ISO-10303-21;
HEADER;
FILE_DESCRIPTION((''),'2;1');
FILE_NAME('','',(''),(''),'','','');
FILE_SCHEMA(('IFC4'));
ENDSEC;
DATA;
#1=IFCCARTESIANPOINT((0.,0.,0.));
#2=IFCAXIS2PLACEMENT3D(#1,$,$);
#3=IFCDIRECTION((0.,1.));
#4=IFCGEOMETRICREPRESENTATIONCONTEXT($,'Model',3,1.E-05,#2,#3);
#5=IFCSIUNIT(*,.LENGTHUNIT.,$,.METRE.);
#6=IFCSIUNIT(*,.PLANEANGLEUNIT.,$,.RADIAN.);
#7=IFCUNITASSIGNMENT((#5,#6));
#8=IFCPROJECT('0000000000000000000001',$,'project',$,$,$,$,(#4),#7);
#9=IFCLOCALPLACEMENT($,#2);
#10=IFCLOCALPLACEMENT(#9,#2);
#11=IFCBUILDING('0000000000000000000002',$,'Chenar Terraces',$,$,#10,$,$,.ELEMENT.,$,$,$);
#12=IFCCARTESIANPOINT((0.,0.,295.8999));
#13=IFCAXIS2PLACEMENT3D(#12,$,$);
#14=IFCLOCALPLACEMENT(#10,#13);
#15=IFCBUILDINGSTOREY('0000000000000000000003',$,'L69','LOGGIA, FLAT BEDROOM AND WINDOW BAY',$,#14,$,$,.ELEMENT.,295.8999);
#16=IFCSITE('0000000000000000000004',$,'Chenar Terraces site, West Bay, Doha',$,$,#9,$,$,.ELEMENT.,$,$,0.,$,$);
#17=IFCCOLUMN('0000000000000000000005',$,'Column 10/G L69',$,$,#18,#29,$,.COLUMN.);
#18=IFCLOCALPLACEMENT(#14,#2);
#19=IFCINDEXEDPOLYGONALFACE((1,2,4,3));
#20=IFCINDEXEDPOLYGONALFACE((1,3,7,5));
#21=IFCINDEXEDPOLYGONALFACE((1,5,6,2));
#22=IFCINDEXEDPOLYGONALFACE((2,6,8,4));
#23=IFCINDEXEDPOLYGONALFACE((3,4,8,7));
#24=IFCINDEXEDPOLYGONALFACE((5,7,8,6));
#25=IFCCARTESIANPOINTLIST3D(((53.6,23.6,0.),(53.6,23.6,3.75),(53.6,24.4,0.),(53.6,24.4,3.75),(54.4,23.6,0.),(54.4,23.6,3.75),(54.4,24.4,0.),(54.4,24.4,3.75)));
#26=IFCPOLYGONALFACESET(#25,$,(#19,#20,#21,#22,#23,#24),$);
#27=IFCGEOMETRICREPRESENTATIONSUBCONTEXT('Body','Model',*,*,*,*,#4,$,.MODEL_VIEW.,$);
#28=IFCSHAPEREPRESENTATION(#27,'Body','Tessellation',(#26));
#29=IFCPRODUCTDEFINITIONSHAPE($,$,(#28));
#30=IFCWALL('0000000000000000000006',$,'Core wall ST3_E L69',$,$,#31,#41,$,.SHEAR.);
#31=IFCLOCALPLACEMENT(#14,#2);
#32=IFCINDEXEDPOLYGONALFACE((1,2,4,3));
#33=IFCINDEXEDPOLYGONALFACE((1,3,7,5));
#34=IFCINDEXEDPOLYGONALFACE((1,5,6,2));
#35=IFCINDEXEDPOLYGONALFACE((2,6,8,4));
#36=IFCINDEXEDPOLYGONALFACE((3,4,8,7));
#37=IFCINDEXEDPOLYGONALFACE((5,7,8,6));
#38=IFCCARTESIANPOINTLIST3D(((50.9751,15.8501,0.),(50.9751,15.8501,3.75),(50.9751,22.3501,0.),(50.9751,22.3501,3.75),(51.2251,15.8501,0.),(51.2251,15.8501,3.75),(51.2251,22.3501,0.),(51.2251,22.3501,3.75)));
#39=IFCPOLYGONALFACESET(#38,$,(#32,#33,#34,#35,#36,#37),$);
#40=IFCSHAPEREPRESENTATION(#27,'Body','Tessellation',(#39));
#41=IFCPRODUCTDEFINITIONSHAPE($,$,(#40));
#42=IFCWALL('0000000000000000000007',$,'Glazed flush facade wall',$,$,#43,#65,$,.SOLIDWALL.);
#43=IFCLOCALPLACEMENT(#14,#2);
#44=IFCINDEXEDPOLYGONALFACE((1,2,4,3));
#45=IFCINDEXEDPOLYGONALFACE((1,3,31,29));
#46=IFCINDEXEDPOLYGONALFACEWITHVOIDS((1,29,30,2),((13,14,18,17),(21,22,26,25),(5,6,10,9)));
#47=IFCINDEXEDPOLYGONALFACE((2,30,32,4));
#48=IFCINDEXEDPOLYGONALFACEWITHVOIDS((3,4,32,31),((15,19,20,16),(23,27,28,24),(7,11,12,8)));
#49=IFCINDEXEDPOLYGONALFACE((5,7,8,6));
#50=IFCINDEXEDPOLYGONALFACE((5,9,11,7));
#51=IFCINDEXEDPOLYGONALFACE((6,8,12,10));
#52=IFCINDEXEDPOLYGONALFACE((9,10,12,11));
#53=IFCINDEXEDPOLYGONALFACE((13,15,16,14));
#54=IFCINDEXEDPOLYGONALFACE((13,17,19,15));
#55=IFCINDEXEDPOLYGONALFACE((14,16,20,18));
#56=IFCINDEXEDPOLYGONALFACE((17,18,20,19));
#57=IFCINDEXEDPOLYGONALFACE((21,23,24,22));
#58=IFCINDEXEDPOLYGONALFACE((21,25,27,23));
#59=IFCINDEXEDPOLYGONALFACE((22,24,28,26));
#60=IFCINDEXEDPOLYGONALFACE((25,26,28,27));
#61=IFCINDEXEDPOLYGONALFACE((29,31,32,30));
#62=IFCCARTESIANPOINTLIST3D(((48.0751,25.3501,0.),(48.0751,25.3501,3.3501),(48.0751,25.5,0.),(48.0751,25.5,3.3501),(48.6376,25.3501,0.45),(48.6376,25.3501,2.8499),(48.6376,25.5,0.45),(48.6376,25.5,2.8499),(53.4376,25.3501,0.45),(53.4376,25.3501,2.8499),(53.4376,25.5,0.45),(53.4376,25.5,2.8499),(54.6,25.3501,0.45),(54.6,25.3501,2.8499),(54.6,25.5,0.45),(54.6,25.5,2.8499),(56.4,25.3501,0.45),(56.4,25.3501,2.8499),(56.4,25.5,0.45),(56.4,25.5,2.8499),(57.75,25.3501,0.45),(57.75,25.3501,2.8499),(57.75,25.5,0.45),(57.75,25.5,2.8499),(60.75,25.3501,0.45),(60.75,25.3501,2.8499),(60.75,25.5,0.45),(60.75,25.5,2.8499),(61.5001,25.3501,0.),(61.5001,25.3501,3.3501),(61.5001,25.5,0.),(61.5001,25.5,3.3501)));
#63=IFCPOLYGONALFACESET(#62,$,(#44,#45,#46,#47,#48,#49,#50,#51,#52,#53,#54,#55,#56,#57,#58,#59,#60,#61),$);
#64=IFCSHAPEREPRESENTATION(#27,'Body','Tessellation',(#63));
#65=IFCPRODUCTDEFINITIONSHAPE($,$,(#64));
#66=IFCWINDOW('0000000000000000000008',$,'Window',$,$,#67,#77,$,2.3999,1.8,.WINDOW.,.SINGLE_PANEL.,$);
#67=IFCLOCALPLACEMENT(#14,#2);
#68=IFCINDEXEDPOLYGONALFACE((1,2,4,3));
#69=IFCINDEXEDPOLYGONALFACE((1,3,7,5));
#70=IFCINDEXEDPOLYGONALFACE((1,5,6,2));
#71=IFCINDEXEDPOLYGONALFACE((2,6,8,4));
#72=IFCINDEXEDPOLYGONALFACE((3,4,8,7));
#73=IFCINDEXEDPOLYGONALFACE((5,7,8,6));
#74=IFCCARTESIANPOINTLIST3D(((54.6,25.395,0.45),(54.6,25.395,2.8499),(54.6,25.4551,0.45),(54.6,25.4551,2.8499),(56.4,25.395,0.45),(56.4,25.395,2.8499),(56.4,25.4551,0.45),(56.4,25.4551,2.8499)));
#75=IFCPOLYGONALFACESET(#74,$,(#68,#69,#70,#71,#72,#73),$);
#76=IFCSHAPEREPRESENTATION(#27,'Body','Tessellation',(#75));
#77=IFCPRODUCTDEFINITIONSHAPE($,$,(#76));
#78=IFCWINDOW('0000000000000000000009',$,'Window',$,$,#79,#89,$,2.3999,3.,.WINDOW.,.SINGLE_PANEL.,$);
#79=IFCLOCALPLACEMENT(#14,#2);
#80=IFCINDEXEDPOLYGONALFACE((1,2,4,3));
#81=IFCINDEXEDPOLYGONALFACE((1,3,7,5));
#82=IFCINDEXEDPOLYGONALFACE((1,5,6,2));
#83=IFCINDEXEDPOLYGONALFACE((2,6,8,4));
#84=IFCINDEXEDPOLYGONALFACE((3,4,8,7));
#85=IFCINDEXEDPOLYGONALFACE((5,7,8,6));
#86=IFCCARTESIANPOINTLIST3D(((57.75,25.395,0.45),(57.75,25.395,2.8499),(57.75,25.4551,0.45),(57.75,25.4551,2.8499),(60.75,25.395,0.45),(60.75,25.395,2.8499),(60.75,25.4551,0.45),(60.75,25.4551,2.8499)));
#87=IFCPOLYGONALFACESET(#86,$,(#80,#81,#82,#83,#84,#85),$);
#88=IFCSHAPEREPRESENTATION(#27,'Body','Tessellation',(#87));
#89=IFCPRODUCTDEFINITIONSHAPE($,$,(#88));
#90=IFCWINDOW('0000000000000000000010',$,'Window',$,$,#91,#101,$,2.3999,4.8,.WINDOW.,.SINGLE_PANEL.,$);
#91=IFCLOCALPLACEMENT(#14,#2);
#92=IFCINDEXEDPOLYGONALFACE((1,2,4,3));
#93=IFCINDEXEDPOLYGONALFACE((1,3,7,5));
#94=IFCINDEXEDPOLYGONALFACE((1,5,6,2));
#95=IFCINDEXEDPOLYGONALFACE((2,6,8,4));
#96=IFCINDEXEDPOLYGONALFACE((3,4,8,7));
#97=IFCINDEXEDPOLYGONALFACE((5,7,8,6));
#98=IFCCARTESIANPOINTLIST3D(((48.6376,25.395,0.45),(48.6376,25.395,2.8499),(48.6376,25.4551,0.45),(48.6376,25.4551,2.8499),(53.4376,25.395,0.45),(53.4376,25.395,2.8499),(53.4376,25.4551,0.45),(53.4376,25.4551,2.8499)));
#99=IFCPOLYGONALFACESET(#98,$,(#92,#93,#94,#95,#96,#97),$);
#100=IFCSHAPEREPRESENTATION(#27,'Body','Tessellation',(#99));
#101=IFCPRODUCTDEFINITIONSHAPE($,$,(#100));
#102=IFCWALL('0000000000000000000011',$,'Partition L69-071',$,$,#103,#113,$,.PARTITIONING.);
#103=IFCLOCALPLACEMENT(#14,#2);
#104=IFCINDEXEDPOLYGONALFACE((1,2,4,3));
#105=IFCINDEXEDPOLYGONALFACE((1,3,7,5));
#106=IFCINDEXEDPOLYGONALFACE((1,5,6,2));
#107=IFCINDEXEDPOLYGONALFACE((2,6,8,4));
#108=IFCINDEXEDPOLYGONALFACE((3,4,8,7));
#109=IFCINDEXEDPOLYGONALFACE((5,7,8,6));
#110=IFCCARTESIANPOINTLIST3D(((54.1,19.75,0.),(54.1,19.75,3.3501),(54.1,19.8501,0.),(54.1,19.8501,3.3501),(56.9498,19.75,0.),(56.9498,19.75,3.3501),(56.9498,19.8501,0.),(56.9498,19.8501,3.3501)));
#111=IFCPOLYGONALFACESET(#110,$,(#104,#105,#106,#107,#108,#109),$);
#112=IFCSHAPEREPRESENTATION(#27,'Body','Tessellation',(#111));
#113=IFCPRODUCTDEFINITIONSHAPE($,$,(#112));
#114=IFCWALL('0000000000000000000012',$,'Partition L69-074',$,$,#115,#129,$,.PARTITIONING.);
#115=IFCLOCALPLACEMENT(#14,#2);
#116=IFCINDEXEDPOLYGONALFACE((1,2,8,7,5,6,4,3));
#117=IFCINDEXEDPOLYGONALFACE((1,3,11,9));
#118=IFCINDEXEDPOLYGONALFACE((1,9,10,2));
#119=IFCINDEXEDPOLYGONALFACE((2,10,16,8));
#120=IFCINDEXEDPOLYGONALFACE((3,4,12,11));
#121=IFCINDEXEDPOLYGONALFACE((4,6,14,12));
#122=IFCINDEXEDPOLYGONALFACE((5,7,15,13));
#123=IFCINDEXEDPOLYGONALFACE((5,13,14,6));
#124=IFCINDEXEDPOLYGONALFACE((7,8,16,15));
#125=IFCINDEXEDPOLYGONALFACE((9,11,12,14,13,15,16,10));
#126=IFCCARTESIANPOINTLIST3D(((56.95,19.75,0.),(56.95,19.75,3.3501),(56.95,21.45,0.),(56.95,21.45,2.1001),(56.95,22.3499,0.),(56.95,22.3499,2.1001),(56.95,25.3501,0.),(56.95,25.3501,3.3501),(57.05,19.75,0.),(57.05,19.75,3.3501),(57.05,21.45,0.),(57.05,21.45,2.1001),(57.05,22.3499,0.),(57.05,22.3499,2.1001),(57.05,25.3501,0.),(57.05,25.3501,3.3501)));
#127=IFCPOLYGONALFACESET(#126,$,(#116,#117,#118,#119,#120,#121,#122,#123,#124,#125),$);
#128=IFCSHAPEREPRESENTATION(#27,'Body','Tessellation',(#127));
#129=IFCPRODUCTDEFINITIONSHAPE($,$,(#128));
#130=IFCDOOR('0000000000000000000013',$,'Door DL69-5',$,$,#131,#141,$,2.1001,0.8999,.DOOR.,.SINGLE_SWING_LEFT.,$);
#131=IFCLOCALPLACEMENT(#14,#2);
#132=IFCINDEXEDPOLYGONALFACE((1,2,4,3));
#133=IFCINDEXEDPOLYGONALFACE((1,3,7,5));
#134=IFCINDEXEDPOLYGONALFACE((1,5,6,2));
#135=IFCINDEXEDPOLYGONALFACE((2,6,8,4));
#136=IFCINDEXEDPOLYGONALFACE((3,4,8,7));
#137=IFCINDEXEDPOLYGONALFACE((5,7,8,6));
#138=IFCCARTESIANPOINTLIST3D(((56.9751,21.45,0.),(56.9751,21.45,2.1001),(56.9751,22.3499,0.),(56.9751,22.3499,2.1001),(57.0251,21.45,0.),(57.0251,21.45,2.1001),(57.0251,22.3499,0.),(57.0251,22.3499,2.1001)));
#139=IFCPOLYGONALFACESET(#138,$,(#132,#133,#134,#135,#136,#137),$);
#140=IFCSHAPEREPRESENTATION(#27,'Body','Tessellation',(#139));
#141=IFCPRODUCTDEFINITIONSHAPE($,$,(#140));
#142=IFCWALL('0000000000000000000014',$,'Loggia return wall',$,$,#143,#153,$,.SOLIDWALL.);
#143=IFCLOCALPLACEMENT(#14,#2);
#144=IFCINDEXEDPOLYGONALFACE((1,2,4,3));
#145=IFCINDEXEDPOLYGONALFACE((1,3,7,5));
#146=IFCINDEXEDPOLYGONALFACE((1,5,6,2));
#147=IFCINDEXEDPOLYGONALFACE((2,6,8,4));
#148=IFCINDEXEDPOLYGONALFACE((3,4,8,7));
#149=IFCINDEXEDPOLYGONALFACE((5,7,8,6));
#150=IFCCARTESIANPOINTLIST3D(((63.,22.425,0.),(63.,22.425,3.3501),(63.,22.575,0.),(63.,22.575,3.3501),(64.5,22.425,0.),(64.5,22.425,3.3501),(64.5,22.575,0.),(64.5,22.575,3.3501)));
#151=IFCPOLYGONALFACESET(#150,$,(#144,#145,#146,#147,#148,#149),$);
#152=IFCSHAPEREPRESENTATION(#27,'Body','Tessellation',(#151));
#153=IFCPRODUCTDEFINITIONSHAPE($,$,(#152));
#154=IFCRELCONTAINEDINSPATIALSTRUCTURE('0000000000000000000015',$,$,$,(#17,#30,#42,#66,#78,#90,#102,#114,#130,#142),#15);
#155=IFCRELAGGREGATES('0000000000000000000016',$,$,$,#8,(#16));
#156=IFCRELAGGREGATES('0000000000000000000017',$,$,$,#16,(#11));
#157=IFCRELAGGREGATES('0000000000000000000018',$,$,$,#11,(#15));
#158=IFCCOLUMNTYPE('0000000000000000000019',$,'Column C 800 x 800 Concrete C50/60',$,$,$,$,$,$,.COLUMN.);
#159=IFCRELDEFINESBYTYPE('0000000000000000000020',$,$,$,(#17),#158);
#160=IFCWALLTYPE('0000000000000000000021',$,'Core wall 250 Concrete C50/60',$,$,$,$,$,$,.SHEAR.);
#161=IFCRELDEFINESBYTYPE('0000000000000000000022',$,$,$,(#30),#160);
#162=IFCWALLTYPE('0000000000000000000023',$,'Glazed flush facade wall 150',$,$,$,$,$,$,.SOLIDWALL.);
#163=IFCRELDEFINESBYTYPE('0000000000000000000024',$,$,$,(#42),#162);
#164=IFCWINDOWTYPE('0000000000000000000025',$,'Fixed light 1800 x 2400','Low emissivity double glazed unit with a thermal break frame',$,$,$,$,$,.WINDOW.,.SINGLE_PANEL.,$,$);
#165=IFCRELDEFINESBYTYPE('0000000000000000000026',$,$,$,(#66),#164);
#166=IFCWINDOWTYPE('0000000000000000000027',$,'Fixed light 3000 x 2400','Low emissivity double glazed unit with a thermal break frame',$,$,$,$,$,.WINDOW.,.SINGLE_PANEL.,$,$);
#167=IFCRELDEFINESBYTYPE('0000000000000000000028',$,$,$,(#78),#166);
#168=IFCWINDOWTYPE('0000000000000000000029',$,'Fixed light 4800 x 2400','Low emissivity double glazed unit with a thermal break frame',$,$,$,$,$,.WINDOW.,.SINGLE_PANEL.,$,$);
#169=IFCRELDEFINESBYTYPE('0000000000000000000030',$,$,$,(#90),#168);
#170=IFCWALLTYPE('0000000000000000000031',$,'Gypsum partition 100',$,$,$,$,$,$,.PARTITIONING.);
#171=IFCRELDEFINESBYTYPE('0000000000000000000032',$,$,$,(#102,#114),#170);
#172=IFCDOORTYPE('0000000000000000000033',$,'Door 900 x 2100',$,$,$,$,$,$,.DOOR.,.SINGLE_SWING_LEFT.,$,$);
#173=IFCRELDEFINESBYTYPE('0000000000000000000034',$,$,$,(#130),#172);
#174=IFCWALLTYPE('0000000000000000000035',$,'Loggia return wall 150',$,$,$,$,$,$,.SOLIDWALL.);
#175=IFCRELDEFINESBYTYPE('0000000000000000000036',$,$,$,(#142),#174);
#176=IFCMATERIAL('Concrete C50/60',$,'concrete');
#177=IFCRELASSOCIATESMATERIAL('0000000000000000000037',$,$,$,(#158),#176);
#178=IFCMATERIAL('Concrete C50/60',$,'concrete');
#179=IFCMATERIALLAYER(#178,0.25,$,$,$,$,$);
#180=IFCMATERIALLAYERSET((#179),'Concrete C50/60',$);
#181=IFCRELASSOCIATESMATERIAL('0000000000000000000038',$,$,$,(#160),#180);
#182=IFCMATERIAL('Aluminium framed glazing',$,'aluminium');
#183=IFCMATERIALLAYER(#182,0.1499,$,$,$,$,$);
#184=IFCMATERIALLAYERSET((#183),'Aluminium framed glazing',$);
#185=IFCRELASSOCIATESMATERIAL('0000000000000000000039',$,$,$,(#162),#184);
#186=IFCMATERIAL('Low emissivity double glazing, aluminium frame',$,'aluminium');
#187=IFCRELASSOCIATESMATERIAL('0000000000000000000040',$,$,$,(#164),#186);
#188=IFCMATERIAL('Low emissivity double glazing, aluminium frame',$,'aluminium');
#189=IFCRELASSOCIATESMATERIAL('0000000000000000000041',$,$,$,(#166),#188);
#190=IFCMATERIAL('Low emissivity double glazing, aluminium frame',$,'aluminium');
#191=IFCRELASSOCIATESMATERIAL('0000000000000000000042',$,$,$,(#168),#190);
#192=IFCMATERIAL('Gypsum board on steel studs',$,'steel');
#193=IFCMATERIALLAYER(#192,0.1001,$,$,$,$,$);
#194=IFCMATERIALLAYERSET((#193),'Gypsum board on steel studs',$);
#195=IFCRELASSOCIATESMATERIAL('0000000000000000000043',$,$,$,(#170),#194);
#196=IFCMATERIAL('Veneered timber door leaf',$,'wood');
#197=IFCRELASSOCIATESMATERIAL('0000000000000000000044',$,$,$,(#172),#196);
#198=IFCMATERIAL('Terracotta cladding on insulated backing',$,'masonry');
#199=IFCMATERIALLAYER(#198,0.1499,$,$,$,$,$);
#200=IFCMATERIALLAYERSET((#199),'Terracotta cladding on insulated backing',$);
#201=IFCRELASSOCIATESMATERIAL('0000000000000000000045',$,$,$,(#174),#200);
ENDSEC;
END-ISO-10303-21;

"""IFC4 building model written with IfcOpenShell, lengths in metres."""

from ifc_helpers import new_model, si_unit, direction, frame, frame_2d, origin, origin_2d, place, context, subcontext, project, spatial, rectangle, extrude, material, layer, layer_set, material_profile, profile_set, type_object, element, fill, save


model = new_model("IFC4")

# Units and contexts
model_context = context("Model", 3, precision=1e-05, world=origin(), true_north=direction((0.0, 1.0)))
body_context = subcontext(model_context, "Body", "Model", "MODEL_VIEW")
ifc_project = project(units=[si_unit("LENGTHUNIT", "METRE"), si_unit("PLANEANGLEUNIT", "RADIAN")], contexts=[model_context])

# Site, building, storey
site_placement = place(None, origin())
site = spatial("IfcSite", under=ifc_project, at=site_placement, Name="Chenar Terraces site, West Bay, Doha", CompositionType="ELEMENT", RefElevation=0.0)
building_placement = place(site_placement, origin())
building = spatial("IfcBuilding", under=site, at=building_placement, Name="Chenar Terraces", CompositionType="ELEMENT")
storey_placement = place(building_placement, frame((0.0, 0.0, 295.8999)))
storey = spatial("IfcBuildingStorey", under=building, at=storey_placement, Name="L69", Description="LOGGIA, FLAT BEDROOM AND WINDOW BAY", CompositionType="ELEMENT", Elevation=295.8999)

# Column
ifc_material_1 = material(Name="Concrete C50/60", Category="concrete")
ifc_material_profile_1 = material_profile(ifc_material_1, rectangle(XDim=0.8, YDim=0.8, at=origin_2d()), Name="C 800 x 800")
ifc_profile_set_1 = profile_set([ifc_material_profile_1], Name="Concrete C50/60")
column_type = type_object("IfcColumnType", Name="Column C 800 x 800 Concrete C50/60", PredefinedType="COLUMN", material=ifc_profile_set_1)
column_placement = place(storey_placement, frame((54.0, 24.0, 0.0), z_axis=(0.0, 0.0, 1.0), x_axis=(1.0, 0.0, 0.0)))
element("IfcColumn", 1, at=column_placement, inside=storey, type_object=column_type, Name="Column 10/G L69", PredefinedType="COLUMN", context=body_context, shape_type="SweptSolid", body=[
    extrude(rectangle(XDim=0.8, YDim=0.8, at=origin_2d()), origin(), (0.0, 0.0, 1.0), 3.75),
])

# Wall
ifc_material_2 = material(Name="Concrete C50/60", Category="concrete")
ifc_layer_1 = layer(ifc_material_2, 0.25)
ifc_layer_set_1 = layer_set([ifc_layer_1], Name="Concrete C50/60")
wall_type_1 = type_object("IfcWallType", Name="Core wall 250 Concrete C50/60", PredefinedType="SHEAR", material=ifc_layer_set_1)
wall_1_placement = place(storey_placement, frame((51.1001, 15.8501, 0.0), z_axis=(0.0, 0.0, 1.0), x_axis=(0.0, 1.0, 0.0)))
element("IfcWall", 2, at=wall_1_placement, inside=storey, type_object=wall_type_1, Name="Core wall ST3_E L69", PredefinedType="SHEAR", context=body_context, shape_type="SweptSolid", body=[
    extrude(rectangle(XDim=6.5, YDim=0.25, at=frame_2d((3.25, 0.0))), origin(), (0.0, 0.0, 1.0), 3.75),
])

# Wall, openings, windows
ifc_material_3 = material(Name="Aluminium framed glazing", Category="aluminium")
ifc_layer_2 = layer(ifc_material_3, 0.1499)
ifc_layer_set_2 = layer_set([ifc_layer_2], Name="Aluminium framed glazing")
wall_type_2 = type_object("IfcWallType", Name="Glazed flush facade wall 150", PredefinedType="SOLIDWALL", material=ifc_layer_set_2)
wall_2_placement = place(storey_placement, frame((61.5, 25.425, 0.0), z_axis=(0.0, 0.0, 1.0), x_axis=(-1.0, 0.0, 0.0)))
wall_2 = element("IfcWall", 3, at=wall_2_placement, inside=storey, type_object=wall_type_2, Name="Glazed flush facade wall", PredefinedType="SOLIDWALL", context=body_context, shape_type="SweptSolid", body=[
    extrude(rectangle(XDim=13.425, YDim=0.1499, at=frame_2d((6.7124, 0.0))), origin(), (0.0, 0.0, 1.0), 3.3501),
])
opening_1_placement = place(wall_2_placement, frame((0.75, 0.0, 0.45)))
opening_1 = element("IfcOpeningElement", 4, at=opening_1_placement, cuts=wall_2, PredefinedType="OPENING", context=body_context, shape_type="SweptSolid", body=[
    extrude(rectangle(XDim=3.0, YDim=2.3999, at=frame_2d((1.5, 1.2))), frame((0.0, 0.085, 0.0), z_axis=(0.0, -1.0, 0.0), x_axis=(1.0, 0.0, 0.0)), (0.0, 0.0, 1.0), 0.1699),
])
opening_2_placement = place(wall_2_placement, frame((5.1001, 0.0, 0.45)))
opening_2 = element("IfcOpeningElement", 5, at=opening_2_placement, cuts=wall_2, PredefinedType="OPENING", context=body_context, shape_type="SweptSolid", body=[
    extrude(rectangle(XDim=1.8, YDim=2.3999, at=frame_2d((0.8999, 1.2))), frame((0.0, 0.085, 0.0), z_axis=(0.0, -1.0, 0.0), x_axis=(1.0, 0.0, 0.0)), (0.0, 0.0, 1.0), 0.1699),
])
opening_3_placement = place(wall_2_placement, frame((8.0625, 0.0, 0.45)))
opening_3 = element("IfcOpeningElement", 6, at=opening_3_placement, cuts=wall_2, PredefinedType="OPENING", context=body_context, shape_type="SweptSolid", body=[
    extrude(rectangle(XDim=4.8, YDim=2.3999, at=frame_2d((2.3999, 1.2))), frame((0.0, 0.085, 0.0), z_axis=(0.0, -1.0, 0.0), x_axis=(1.0, 0.0, 0.0)), (0.0, 0.0, 1.0), 0.1699),
])
ifc_material_4 = material(Name="Low emissivity double glazing, aluminium frame", Category="aluminium")
window_type_1 = type_object("IfcWindowType", Name="Fixed light 1800 x 2400", Description="Low emissivity double glazed unit with a thermal break frame", PartitioningType="SINGLE_PANEL", PredefinedType="WINDOW", material=ifc_material_4)
window_1_placement = place(opening_2_placement, origin())
window_1 = element("IfcWindow", 7, at=window_1_placement, inside=storey, type_object=window_type_1, Name="Window", OverallHeight=2.3999, OverallWidth=1.8, PartitioningType="SINGLE_PANEL", PredefinedType="WINDOW", context=body_context, shape_type="SweptSolid", body=[
    extrude(rectangle(XDim=1.8, YDim=2.3999, at=frame_2d((0.8999, 1.2))), frame((0.0, 0.03, 0.0), z_axis=(0.0, -1.0, 0.0), x_axis=(1.0, 0.0, 0.0)), (0.0, 0.0, 1.0), 0.0601),
])
fill(opening_2, window_1)
ifc_material_5 = material(Name="Low emissivity double glazing, aluminium frame", Category="aluminium")
window_type_2 = type_object("IfcWindowType", Name="Fixed light 3000 x 2400", Description="Low emissivity double glazed unit with a thermal break frame", PartitioningType="SINGLE_PANEL", PredefinedType="WINDOW", material=ifc_material_5)
window_2_placement = place(opening_1_placement, origin())
window_2 = element("IfcWindow", 8, at=window_2_placement, inside=storey, type_object=window_type_2, Name="Window", OverallHeight=2.3999, OverallWidth=3.0, PartitioningType="SINGLE_PANEL", PredefinedType="WINDOW", context=body_context, shape_type="SweptSolid", body=[
    extrude(rectangle(XDim=3.0, YDim=2.3999, at=frame_2d((1.5, 1.2))), frame((0.0, 0.03, 0.0), z_axis=(0.0, -1.0, 0.0), x_axis=(1.0, 0.0, 0.0)), (0.0, 0.0, 1.0), 0.0601),
])
fill(opening_1, window_2)
ifc_material_6 = material(Name="Low emissivity double glazing, aluminium frame", Category="aluminium")
window_type_3 = type_object("IfcWindowType", Name="Fixed light 4800 x 2400", Description="Low emissivity double glazed unit with a thermal break frame", PartitioningType="SINGLE_PANEL", PredefinedType="WINDOW", material=ifc_material_6)
window_3_placement = place(opening_3_placement, origin())
window_3 = element("IfcWindow", 9, at=window_3_placement, inside=storey, type_object=window_type_3, Name="Window", OverallHeight=2.3999, OverallWidth=4.8, PartitioningType="SINGLE_PANEL", PredefinedType="WINDOW", context=body_context, shape_type="SweptSolid", body=[
    extrude(rectangle(XDim=4.8, YDim=2.3999, at=frame_2d((2.3999, 1.2))), frame((0.0, 0.03, 0.0), z_axis=(0.0, -1.0, 0.0), x_axis=(1.0, 0.0, 0.0)), (0.0, 0.0, 1.0), 0.0601),
])
fill(opening_3, window_3)

# Wall
ifc_material_7 = material(Name="Gypsum board on steel studs", Category="steel")
ifc_layer_3 = layer(ifc_material_7, 0.1001)
ifc_layer_set_3 = layer_set([ifc_layer_3], Name="Gypsum board on steel studs")
wall_type_3 = type_object("IfcWallType", Name="Gypsum partition 100", PredefinedType="PARTITIONING", material=ifc_layer_set_3)
wall_3_placement = place(storey_placement, frame((54.1001, 19.8, 0.0), z_axis=(0.0, 0.0, 1.0), x_axis=(1.0, 0.0, 0.0)))
element("IfcWall", 10, at=wall_3_placement, inside=storey, type_object=wall_type_3, Name="Partition L69-071", PredefinedType="PARTITIONING", context=body_context, shape_type="SweptSolid", body=[
    extrude(rectangle(XDim=2.8499, YDim=0.1001, at=frame_2d((1.4248, 0.0))), origin(), (0.0, 0.0, 1.0), 3.3501),
])

# Wall, opening, door
wall_4_placement = place(storey_placement, frame((57.0, 19.75, 0.0), z_axis=(0.0, 0.0, 1.0), x_axis=(0.0, 1.0, 0.0)))
wall_4 = element("IfcWall", 11, at=wall_4_placement, inside=storey, type_object=wall_type_3, Name="Partition L69-074", PredefinedType="PARTITIONING", context=body_context, shape_type="SweptSolid", body=[
    extrude(rectangle(XDim=5.6001, YDim=0.1001, at=frame_2d((2.8, 0.0))), origin(), (0.0, 0.0, 1.0), 3.3501),
])
opening_4_placement = place(wall_4_placement, frame((1.7, 0.0, 0.0)))
opening_4 = element("IfcOpeningElement", 12, at=opening_4_placement, cuts=wall_4, PredefinedType="OPENING", context=body_context, shape_type="SweptSolid", body=[
    extrude(rectangle(XDim=0.8999, YDim=2.1001, at=frame_2d((0.45, 1.05))), frame((0.0, 0.0601, 0.0), z_axis=(0.0, -1.0, 0.0), x_axis=(1.0, 0.0, 0.0)), (0.0, 0.0, 1.0), 0.1201),
])
ifc_material_8 = material(Name="Veneered timber door leaf", Category="wood")
door_type_1 = type_object("IfcDoorType", Name="Door 900 x 2100", OperationType="SINGLE_SWING_LEFT", PredefinedType="DOOR", material=ifc_material_8)
door_1_placement = place(opening_4_placement, origin())
door_1 = element("IfcDoor", 13, at=door_1_placement, inside=storey, type_object=door_type_1, Name="Door DL69-5", OperationType="SINGLE_SWING_LEFT", OverallHeight=2.1001, OverallWidth=0.8999, PredefinedType="DOOR", context=body_context, shape_type="SweptSolid", body=[
    extrude(rectangle(XDim=0.8999, YDim=2.1001, at=frame_2d((0.45, 1.05))), frame((0.0, 0.0249, 0.0), z_axis=(0.0, -1.0, 0.0), x_axis=(1.0, 0.0, 0.0)), (0.0, 0.0, 1.0), 0.05),
])
fill(opening_4, door_1)

# Wall
ifc_material_9 = material(Name="Terracotta cladding on insulated backing", Category="masonry")
ifc_layer_4 = layer(ifc_material_9, 0.1499)
ifc_layer_set_4 = layer_set([ifc_layer_4], Name="Terracotta cladding on insulated backing")
wall_type_4 = type_object("IfcWallType", Name="Loggia return wall 150", PredefinedType="SOLIDWALL", material=ifc_layer_set_4)
wall_5_placement = place(storey_placement, frame((64.5, 22.5, 0.0), z_axis=(0.0, 0.0, 1.0), x_axis=(-1.0, 0.0, 0.0)))
element("IfcWall", 14, at=wall_5_placement, inside=storey, type_object=wall_type_4, Name="Loggia return wall", PredefinedType="SOLIDWALL", context=body_context, shape_type="SweptSolid", body=[
    extrude(rectangle(XDim=1.5, YDim=0.1499, at=frame_2d((0.75, 0.0))), origin(), (0.0, 0.0, 1.0), 3.3501),
])

save(model, "model.ifc")
